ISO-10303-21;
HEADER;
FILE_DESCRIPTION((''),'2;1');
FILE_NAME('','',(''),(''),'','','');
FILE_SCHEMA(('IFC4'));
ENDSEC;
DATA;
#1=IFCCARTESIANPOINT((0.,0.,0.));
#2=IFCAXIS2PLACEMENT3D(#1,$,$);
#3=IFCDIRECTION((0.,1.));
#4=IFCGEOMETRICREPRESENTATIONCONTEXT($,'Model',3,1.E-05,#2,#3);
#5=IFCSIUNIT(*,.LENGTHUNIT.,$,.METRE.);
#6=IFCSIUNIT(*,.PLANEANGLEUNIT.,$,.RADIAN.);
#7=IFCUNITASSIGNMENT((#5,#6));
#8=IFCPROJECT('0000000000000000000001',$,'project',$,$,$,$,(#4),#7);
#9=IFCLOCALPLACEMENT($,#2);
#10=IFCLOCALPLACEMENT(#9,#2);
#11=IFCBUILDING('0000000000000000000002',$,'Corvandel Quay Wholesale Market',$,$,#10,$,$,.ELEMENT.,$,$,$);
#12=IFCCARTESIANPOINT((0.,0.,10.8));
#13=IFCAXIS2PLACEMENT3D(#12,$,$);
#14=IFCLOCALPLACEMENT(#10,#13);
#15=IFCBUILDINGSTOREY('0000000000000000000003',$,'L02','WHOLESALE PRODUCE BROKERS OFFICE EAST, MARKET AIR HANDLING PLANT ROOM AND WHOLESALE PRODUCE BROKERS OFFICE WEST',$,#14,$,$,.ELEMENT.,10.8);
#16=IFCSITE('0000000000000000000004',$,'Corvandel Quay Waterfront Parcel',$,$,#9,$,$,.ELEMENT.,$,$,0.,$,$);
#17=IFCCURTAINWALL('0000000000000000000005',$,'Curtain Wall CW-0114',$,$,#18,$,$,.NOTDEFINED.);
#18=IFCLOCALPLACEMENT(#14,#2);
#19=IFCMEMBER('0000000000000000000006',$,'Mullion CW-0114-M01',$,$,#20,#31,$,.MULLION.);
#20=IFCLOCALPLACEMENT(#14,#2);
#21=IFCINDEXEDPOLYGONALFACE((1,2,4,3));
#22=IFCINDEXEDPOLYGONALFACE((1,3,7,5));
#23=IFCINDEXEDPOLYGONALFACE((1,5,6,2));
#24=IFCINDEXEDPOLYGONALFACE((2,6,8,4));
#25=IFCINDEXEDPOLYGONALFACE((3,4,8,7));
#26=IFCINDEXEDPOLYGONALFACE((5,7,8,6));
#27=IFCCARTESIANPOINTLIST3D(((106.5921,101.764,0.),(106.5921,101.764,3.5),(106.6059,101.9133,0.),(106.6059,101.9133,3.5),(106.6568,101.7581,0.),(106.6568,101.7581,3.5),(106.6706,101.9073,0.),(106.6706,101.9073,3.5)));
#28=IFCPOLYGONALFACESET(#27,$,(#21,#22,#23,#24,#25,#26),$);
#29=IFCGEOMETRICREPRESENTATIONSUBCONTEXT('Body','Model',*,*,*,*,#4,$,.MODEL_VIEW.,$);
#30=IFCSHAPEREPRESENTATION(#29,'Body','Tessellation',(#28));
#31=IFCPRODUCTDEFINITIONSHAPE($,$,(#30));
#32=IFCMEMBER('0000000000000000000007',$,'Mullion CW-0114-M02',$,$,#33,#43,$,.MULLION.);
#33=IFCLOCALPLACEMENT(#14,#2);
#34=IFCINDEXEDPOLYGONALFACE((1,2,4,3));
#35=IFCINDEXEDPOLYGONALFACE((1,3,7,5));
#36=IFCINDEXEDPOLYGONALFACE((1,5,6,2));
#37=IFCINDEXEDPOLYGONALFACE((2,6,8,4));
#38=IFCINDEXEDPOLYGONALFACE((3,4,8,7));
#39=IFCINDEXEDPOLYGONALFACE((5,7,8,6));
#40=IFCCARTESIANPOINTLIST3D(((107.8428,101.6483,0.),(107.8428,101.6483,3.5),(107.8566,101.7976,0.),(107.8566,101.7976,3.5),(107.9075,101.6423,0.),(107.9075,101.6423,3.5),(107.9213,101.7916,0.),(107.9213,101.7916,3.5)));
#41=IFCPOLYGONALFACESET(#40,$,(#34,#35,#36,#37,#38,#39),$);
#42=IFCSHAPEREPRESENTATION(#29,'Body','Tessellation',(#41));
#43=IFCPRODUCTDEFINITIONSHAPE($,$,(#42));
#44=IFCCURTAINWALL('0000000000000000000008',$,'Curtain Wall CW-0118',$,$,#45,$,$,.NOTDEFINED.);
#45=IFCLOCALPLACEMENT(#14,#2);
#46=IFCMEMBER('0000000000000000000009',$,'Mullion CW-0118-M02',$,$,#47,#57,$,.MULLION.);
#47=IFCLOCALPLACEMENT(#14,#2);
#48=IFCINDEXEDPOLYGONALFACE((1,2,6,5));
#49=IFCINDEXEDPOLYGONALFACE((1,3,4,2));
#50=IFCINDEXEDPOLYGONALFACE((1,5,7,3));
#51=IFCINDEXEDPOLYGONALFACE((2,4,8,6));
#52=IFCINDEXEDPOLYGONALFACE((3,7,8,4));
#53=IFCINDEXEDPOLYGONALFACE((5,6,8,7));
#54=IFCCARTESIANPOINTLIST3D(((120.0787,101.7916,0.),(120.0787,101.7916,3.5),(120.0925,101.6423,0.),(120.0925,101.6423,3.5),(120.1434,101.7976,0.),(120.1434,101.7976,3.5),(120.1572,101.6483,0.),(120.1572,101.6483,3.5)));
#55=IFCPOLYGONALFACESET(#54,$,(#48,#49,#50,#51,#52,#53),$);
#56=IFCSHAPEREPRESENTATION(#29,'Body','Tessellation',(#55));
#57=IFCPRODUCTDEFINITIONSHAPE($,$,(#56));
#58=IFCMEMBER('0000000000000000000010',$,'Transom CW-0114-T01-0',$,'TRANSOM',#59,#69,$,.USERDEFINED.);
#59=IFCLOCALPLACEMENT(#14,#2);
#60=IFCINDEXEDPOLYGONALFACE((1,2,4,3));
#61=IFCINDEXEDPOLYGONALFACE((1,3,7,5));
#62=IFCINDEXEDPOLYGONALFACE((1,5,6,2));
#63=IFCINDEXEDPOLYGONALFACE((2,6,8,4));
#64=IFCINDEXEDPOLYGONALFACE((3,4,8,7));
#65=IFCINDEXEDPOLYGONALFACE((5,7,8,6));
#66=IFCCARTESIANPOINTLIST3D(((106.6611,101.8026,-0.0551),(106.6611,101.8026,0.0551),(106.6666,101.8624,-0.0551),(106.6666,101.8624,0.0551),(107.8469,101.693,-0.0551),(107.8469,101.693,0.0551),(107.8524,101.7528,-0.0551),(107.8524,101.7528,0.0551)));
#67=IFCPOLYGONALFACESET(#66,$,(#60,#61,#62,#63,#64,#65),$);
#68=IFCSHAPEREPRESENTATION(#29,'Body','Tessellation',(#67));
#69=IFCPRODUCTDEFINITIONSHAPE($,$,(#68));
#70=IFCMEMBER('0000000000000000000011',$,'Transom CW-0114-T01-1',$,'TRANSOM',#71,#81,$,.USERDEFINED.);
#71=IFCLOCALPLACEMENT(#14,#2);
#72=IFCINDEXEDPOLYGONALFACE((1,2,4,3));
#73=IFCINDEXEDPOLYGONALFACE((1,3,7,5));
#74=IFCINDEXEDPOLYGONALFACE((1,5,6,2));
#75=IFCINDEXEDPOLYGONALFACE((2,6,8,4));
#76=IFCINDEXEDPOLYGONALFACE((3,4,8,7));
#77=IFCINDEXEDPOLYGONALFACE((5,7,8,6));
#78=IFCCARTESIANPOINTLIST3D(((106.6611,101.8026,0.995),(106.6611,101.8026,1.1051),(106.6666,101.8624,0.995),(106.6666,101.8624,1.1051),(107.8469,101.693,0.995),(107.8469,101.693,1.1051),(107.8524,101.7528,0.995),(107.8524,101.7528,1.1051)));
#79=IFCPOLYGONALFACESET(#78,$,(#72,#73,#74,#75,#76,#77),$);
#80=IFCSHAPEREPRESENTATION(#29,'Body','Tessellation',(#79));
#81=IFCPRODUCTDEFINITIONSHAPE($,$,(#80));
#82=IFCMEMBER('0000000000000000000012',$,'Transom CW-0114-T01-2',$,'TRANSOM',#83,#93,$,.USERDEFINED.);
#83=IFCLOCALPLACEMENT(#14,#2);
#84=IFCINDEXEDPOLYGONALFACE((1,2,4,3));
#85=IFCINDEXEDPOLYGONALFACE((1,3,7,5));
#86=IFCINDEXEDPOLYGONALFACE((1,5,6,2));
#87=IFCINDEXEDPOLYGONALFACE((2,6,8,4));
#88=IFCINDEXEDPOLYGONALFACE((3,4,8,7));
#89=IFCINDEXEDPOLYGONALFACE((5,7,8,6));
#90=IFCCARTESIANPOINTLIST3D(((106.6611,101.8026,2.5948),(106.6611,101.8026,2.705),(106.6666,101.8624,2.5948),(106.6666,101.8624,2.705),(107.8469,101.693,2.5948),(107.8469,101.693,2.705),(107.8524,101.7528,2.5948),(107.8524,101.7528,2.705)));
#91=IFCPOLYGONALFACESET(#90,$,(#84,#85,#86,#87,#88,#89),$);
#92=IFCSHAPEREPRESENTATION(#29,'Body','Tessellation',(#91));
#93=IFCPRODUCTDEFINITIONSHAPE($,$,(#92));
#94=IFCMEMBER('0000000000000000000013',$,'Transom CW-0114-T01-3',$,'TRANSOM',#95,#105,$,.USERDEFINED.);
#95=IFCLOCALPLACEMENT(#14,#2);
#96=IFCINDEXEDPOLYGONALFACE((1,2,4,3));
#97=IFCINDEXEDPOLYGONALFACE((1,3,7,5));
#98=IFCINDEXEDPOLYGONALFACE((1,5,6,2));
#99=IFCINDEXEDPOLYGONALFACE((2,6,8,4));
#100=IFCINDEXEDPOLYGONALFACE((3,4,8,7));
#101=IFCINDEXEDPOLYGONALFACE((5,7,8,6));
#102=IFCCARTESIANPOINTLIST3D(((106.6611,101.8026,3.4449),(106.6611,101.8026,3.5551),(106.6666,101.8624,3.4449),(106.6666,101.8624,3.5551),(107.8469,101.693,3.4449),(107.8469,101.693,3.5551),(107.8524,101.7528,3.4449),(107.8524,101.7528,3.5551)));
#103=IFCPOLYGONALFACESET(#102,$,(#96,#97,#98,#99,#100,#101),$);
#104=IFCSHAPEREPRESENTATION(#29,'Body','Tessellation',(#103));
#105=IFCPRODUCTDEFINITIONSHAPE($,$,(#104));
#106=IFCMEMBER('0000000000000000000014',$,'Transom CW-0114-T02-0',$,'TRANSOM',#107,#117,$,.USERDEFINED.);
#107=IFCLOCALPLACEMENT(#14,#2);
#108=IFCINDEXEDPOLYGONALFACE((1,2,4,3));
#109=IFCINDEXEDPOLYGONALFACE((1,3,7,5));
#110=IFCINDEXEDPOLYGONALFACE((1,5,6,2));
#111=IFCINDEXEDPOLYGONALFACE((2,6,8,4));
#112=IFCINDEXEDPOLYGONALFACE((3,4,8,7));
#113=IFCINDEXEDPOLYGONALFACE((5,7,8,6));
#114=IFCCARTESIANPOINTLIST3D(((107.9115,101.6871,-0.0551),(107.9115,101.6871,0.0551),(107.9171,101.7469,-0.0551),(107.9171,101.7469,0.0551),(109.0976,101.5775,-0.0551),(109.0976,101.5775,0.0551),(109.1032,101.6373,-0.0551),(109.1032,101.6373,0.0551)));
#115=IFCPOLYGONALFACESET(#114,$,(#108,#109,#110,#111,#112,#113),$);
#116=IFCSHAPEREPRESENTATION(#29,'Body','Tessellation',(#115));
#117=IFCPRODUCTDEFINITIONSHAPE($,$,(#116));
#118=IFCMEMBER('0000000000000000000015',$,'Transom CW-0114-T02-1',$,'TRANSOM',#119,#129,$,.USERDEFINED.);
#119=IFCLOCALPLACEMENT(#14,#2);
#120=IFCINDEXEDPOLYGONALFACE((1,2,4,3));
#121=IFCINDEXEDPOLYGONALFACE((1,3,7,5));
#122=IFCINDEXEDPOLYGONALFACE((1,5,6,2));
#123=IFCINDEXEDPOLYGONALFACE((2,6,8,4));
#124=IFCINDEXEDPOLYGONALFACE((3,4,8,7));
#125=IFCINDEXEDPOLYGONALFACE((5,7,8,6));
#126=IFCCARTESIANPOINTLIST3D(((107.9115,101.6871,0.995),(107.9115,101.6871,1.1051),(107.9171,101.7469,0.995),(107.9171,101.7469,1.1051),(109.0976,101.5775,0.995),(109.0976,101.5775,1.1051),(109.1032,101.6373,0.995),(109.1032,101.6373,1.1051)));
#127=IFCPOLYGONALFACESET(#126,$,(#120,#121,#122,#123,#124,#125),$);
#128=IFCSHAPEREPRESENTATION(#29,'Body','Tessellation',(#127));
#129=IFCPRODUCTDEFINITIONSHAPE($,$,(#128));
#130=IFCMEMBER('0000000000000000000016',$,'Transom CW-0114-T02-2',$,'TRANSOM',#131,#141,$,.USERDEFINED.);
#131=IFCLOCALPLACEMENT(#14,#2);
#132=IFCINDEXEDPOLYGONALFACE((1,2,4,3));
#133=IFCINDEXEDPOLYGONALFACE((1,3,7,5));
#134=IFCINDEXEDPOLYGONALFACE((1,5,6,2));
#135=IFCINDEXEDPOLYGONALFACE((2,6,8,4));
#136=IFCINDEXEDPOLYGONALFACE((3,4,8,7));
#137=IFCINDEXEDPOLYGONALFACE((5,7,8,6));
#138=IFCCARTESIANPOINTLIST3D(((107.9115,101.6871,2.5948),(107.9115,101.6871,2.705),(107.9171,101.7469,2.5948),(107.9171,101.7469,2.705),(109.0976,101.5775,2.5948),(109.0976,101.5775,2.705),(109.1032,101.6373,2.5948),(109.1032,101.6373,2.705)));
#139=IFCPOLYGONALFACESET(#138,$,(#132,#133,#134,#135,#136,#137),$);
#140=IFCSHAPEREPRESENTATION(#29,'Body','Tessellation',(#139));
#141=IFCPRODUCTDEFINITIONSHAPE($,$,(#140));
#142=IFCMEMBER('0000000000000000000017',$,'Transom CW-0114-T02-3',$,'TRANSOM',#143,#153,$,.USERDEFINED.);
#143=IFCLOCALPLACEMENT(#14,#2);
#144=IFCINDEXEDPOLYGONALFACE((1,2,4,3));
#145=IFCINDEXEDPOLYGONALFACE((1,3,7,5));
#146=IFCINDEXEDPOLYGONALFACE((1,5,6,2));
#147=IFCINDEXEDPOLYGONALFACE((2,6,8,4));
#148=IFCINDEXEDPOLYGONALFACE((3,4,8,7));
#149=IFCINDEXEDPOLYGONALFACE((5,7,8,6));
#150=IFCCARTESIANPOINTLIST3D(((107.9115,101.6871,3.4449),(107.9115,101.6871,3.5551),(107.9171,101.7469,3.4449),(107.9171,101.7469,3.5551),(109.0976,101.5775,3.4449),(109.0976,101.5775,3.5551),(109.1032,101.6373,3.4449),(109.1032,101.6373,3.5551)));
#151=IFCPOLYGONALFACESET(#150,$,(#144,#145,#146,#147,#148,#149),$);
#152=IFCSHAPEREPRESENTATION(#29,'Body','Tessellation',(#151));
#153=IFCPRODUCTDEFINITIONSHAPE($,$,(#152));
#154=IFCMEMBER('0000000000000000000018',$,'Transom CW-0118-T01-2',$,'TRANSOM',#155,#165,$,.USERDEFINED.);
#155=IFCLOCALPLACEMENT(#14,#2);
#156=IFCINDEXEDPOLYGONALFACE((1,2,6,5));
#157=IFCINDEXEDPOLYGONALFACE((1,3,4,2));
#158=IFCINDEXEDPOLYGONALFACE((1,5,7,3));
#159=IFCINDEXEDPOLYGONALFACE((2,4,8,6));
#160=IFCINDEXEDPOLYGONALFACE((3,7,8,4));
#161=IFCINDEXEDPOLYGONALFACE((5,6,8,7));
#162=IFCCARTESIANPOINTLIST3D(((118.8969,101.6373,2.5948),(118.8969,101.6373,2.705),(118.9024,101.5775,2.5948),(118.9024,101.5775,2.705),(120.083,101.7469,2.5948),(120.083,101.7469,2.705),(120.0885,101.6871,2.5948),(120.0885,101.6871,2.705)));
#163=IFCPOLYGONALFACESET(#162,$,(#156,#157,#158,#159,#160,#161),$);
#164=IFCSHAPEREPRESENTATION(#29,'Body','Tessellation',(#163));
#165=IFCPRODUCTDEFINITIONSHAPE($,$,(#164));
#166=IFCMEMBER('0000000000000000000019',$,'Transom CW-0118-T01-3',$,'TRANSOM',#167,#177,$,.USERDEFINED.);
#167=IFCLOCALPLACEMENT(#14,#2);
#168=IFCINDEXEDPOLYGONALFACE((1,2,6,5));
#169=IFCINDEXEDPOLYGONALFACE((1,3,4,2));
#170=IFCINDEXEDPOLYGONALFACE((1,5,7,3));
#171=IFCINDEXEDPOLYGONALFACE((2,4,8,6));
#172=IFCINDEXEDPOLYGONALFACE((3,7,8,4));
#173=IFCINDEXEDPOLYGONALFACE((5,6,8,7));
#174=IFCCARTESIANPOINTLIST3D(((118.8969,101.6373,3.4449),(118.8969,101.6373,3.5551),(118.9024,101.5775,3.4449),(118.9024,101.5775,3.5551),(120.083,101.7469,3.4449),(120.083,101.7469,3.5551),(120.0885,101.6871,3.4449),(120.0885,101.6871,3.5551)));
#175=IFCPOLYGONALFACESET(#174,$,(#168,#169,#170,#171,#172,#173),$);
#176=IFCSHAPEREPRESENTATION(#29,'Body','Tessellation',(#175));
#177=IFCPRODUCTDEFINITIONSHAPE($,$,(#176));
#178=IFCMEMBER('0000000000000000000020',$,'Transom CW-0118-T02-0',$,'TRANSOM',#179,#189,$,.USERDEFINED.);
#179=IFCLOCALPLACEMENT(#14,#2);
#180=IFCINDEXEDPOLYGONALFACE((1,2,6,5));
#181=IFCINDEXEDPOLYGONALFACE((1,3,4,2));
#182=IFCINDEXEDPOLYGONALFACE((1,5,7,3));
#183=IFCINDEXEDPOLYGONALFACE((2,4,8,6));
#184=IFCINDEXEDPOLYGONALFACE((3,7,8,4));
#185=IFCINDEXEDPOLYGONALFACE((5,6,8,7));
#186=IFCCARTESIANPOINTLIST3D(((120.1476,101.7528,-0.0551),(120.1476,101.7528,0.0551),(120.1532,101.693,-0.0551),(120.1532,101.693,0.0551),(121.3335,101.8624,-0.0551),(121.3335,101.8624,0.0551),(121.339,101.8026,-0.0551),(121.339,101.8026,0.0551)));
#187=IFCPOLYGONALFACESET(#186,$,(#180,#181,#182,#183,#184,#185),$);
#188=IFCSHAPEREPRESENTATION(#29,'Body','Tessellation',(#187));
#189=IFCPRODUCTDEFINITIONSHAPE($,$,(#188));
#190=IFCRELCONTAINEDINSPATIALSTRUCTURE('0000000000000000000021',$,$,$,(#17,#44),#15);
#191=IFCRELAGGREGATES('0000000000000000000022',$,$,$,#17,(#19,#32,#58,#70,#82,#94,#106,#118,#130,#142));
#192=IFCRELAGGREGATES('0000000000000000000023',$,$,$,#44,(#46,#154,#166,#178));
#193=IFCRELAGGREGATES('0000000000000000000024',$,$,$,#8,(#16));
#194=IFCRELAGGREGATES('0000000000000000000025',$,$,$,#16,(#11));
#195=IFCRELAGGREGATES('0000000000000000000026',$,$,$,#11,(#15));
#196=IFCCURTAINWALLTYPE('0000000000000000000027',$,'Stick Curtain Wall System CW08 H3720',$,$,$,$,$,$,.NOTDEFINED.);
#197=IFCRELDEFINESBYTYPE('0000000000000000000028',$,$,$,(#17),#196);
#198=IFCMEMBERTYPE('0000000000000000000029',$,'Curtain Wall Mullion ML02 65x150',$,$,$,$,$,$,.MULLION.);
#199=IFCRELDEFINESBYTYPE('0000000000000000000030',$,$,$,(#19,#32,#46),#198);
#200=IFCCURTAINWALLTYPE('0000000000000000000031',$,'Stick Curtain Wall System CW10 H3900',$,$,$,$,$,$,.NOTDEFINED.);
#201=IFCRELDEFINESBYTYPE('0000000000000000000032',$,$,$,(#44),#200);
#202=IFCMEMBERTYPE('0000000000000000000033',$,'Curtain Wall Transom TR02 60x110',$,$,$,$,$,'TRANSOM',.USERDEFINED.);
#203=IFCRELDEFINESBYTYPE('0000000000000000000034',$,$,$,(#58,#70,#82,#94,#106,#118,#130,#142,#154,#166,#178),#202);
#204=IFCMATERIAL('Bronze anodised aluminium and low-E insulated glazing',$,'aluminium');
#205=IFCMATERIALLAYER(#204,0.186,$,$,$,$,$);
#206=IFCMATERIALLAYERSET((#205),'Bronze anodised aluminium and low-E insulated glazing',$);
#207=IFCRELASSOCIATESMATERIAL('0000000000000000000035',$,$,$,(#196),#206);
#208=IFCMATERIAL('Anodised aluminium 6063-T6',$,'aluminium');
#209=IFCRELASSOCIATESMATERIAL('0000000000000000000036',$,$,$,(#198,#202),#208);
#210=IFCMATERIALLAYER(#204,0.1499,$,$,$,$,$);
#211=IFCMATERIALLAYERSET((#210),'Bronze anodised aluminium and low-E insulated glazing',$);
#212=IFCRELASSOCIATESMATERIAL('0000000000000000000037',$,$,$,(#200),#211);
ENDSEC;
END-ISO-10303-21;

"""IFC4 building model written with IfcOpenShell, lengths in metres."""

from ifc_helpers import new_model, si_unit, direction, frame, origin, origin_2d, place, context, subcontext, project, spatial, rectangle, extrude, material, layer, layer_set, material_profile, profile_set, type_object, element, aggregate, save


model = new_model("IFC4")

# Units and contexts
model_context = context("Model", 3, precision=1e-05, world=origin(), true_north=direction((0.0, 1.0)))
body_context = subcontext(model_context, "Body", "Model", "MODEL_VIEW")
ifc_project = project(units=[si_unit("LENGTHUNIT", "METRE"), si_unit("PLANEANGLEUNIT", "RADIAN")], contexts=[model_context])

# Site, building, storey
site_placement = place(None, origin())
site = spatial("IfcSite", under=ifc_project, at=site_placement, Name="Corvandel Quay Waterfront Parcel", CompositionType="ELEMENT", RefElevation=0.0)
building_placement = place(site_placement, origin())
building = spatial("IfcBuilding", under=site, at=building_placement, Name="Corvandel Quay Wholesale Market", CompositionType="ELEMENT")
storey_placement = place(building_placement, frame((0.0, 0.0, 10.8)))
storey = spatial("IfcBuildingStorey", under=building, at=storey_placement, Name="L02", Description="WHOLESALE PRODUCE BROKERS OFFICE EAST, MARKET AIR HANDLING PLANT ROOM AND WHOLESALE PRODUCE BROKERS OFFICE WEST", CompositionType="ELEMENT", Elevation=10.8)

# Curtain wall, members
ifc_material_1 = material(Name="Bronze anodised aluminium and low-E insulated glazing", Category="aluminium")
ifc_layer_1 = layer(ifc_material_1, 0.186)
ifc_layer_set_1 = layer_set([ifc_layer_1], Name="Bronze anodised aluminium and low-E insulated glazing")
curtain_wall_type_1 = type_object("IfcCurtainWallType", Name="Stick Curtain Wall System CW08 H3720", PredefinedType="NOTDEFINED", material=ifc_layer_set_1)
curtain_wall_1_placement = place(storey_placement, origin())
curtain_wall_1 = element("IfcCurtainWall", 1, at=curtain_wall_1_placement, inside=storey, type_object=curtain_wall_type_1, Name="Curtain Wall CW-0114", PredefinedType="NOTDEFINED")
ifc_material_2 = material(Name="Anodised aluminium 6063-T6", Category="aluminium")
ifc_material_profile_1 = material_profile(ifc_material_2, rectangle(XDim=0.0649, YDim=0.1499, at=origin_2d()), Name="ALU-MUL-65x150")
ifc_profile_set_1 = profile_set([ifc_material_profile_1], Name="Anodised aluminium 6063-T6")
member_type_1 = type_object("IfcMemberType", Name="Curtain Wall Mullion ML02 65x150", PredefinedType="MULLION", material=ifc_profile_set_1)
member_1_placement = place(storey_placement, frame((106.6313, 101.8357, 0.0), z_axis=(0.0, 0.0, 1.0), x_axis=(-0.995757, 0.092023, 0.0)))
member_1 = element("IfcMember", 2, at=member_1_placement, type_object=member_type_1, Name="Mullion CW-0114-M01", PredefinedType="MULLION", context=body_context, shape_type="SweptSolid", body=[
    extrude(rectangle(XDim=0.0649, YDim=0.1499, at=origin_2d()), origin(), (0.0, 0.0, 1.0), 3.5),
])
member_2_placement = place(storey_placement, frame((107.8821, 101.72, 0.0), z_axis=(0.0, 0.0, 1.0), x_axis=(-0.995757, 0.092023, 0.0)))
member_2 = element("IfcMember", 3, at=member_2_placement, type_object=member_type_1, Name="Mullion CW-0114-M02", PredefinedType="MULLION", context=body_context, shape_type="SweptSolid", body=[
    extrude(rectangle(XDim=0.0649, YDim=0.1499, at=origin_2d()), origin(), (0.0, 0.0, 1.0), 3.5),
])

# Curtain wall, member
ifc_layer_2 = layer(ifc_material_1, 0.1499)
ifc_layer_set_2 = layer_set([ifc_layer_2], Name="Bronze anodised aluminium and low-E insulated glazing")
curtain_wall_type_2 = type_object("IfcCurtainWallType", Name="Stick Curtain Wall System CW10 H3900", PredefinedType="NOTDEFINED", material=ifc_layer_set_2)
curtain_wall_2_placement = place(storey_placement, origin())
curtain_wall_2 = element("IfcCurtainWall", 4, at=curtain_wall_2_placement, inside=storey, type_object=curtain_wall_type_2, Name="Curtain Wall CW-0118", PredefinedType="NOTDEFINED")
member_3_placement = place(storey_placement, frame((120.1179, 101.72, 0.0), z_axis=(0.0, 0.0, 1.0), x_axis=(0.995757, 0.092023, 0.0)))
member_3 = element("IfcMember", 5, at=member_3_placement, type_object=member_type_1, Name="Mullion CW-0118-M02", PredefinedType="MULLION", context=body_context, shape_type="SweptSolid", body=[
    extrude(rectangle(XDim=0.0649, YDim=0.1499, at=origin_2d()), origin(), (0.0, 0.0, 1.0), 3.5),
])

# Members
ifc_material_profile_2 = material_profile(ifc_material_2, rectangle(XDim=0.0601, YDim=0.1101, at=origin_2d()), Name="ALU-TRN-60x110")
ifc_profile_set_2 = profile_set([ifc_material_profile_2], Name="Anodised aluminium 6063-T6")
member_type_2 = type_object("IfcMemberType", Name="Curtain Wall Transom TR02 60x110", ElementType="TRANSOM", PredefinedType="USERDEFINED", material=ifc_profile_set_2)
member_4_placement = place(storey_placement, frame((106.6638, 101.8325, 0.0), z_axis=(0.995754, -0.092051, 0.0), x_axis=(0.092051, 0.995754, 0.0)))
member_4 = element("IfcMember", 6, at=member_4_placement, type_object=member_type_2, Name="Transom CW-0114-T01-0", ObjectType="TRANSOM", PredefinedType="USERDEFINED", context=body_context, shape_type="SweptSolid", body=[
    extrude(rectangle(XDim=0.0601, YDim=0.1101, at=origin_2d()), origin(), (0.0, 0.0, 1.0), 1.1909),
])
member_5_placement = place(storey_placement, frame((106.6638, 101.8325, 1.05), z_axis=(0.995754, -0.092051, 0.0), x_axis=(0.092051, 0.995754, 0.0)))
member_5 = element("IfcMember", 7, at=member_5_placement, type_object=member_type_2, Name="Transom CW-0114-T01-1", ObjectType="TRANSOM", PredefinedType="USERDEFINED", context=body_context, shape_type="SweptSolid", body=[
    extrude(rectangle(XDim=0.0601, YDim=0.1101, at=origin_2d()), origin(), (0.0, 0.0, 1.0), 1.1909),
])
member_6_placement = place(storey_placement, frame((106.6638, 101.8325, 2.6499), z_axis=(0.995754, -0.092051, 0.0), x_axis=(0.092051, 0.995754, 0.0)))
member_6 = element("IfcMember", 8, at=member_6_placement, type_object=member_type_2, Name="Transom CW-0114-T01-2", ObjectType="TRANSOM", PredefinedType="USERDEFINED", context=body_context, shape_type="SweptSolid", body=[
    extrude(rectangle(XDim=0.0601, YDim=0.1101, at=origin_2d()), origin(), (0.0, 0.0, 1.0), 1.1909),
])
member_7_placement = place(storey_placement, frame((106.6638, 101.8325, 3.5), z_axis=(0.995754, -0.092051, 0.0), x_axis=(0.092051, 0.995754, 0.0)))
member_7 = element("IfcMember", 9, at=member_7_placement, type_object=member_type_2, Name="Transom CW-0114-T01-3", ObjectType="TRANSOM", PredefinedType="USERDEFINED", context=body_context, shape_type="SweptSolid", body=[
    extrude(rectangle(XDim=0.0601, YDim=0.1101, at=origin_2d()), origin(), (0.0, 0.0, 1.0), 1.1909),
])
member_8_placement = place(storey_placement, frame((107.9143, 101.717, 0.0), z_axis=(0.995756, -0.092033, 0.0), x_axis=(0.092033, 0.995756, 0.0)))
member_8 = element("IfcMember", 10, at=member_8_placement, type_object=member_type_2, Name="Transom CW-0114-T02-0", ObjectType="TRANSOM", PredefinedType="USERDEFINED", context=body_context, shape_type="SweptSolid", body=[
    extrude(rectangle(XDim=0.0601, YDim=0.1101, at=origin_2d()), origin(), (0.0, 0.0, 1.0), 1.1912),
])
member_9_placement = place(storey_placement, frame((107.9143, 101.717, 1.05), z_axis=(0.995756, -0.092033, 0.0), x_axis=(0.092033, 0.995756, 0.0)))
member_9 = element("IfcMember", 11, at=member_9_placement, type_object=member_type_2, Name="Transom CW-0114-T02-1", ObjectType="TRANSOM", PredefinedType="USERDEFINED", context=body_context, shape_type="SweptSolid", body=[
    extrude(rectangle(XDim=0.0601, YDim=0.1101, at=origin_2d()), origin(), (0.0, 0.0, 1.0), 1.1912),
])
member_10_placement = place(storey_placement, frame((107.9143, 101.717, 2.6499), z_axis=(0.995756, -0.092033, 0.0), x_axis=(0.092033, 0.995756, 0.0)))
member_10 = element("IfcMember", 12, at=member_10_placement, type_object=member_type_2, Name="Transom CW-0114-T02-2", ObjectType="TRANSOM", PredefinedType="USERDEFINED", context=body_context, shape_type="SweptSolid", body=[
    extrude(rectangle(XDim=0.0601, YDim=0.1101, at=origin_2d()), origin(), (0.0, 0.0, 1.0), 1.1912),
])
member_11_placement = place(storey_placement, frame((107.9143, 101.717, 3.5), z_axis=(0.995756, -0.092033, 0.0), x_axis=(0.092033, 0.995756, 0.0)))
member_11 = element("IfcMember", 13, at=member_11_placement, type_object=member_type_2, Name="Transom CW-0114-T02-3", ObjectType="TRANSOM", PredefinedType="USERDEFINED", context=body_context, shape_type="SweptSolid", body=[
    extrude(rectangle(XDim=0.0601, YDim=0.1101, at=origin_2d()), origin(), (0.0, 0.0, 1.0), 1.1912),
])
member_12_placement = place(storey_placement, frame((118.8997, 101.6074, 2.6499), z_axis=(0.995756, 0.092033, 0.0), x_axis=(-0.092033, 0.995756, 0.0)))
member_12 = element("IfcMember", 14, at=member_12_placement, type_object=member_type_2, Name="Transom CW-0118-T01-2", ObjectType="TRANSOM", PredefinedType="USERDEFINED", context=body_context, shape_type="SweptSolid", body=[
    extrude(rectangle(XDim=0.0601, YDim=0.1101, at=origin_2d()), origin(), (0.0, 0.0, 1.0), 1.1912),
])
member_13_placement = place(storey_placement, frame((118.8997, 101.6074, 3.5), z_axis=(0.995756, 0.092033, 0.0), x_axis=(-0.092033, 0.995756, 0.0)))
member_13 = element("IfcMember", 15, at=member_13_placement, type_object=member_type_2, Name="Transom CW-0118-T01-3", ObjectType="TRANSOM", PredefinedType="USERDEFINED", context=body_context, shape_type="SweptSolid", body=[
    extrude(rectangle(XDim=0.0601, YDim=0.1101, at=origin_2d()), origin(), (0.0, 0.0, 1.0), 1.1912),
])
member_14_placement = place(storey_placement, frame((120.1504, 101.7229, 0.0), z_axis=(0.995754, 0.092051, 0.0), x_axis=(-0.092051, 0.995754, 0.0)))
member_14 = element("IfcMember", 16, at=member_14_placement, type_object=member_type_2, Name="Transom CW-0118-T02-0", ObjectType="TRANSOM", PredefinedType="USERDEFINED", context=body_context, shape_type="SweptSolid", body=[
    extrude(rectangle(XDim=0.0601, YDim=0.1101, at=origin_2d()), origin(), (0.0, 0.0, 1.0), 1.1909),
])

aggregate(curtain_wall_1, [member_1, member_2, member_4, member_5, member_6, member_7, member_8, member_9, member_10, member_11])
aggregate(curtain_wall_2, [member_3, member_12, member_13, member_14])

save(model, "model.ifc")
